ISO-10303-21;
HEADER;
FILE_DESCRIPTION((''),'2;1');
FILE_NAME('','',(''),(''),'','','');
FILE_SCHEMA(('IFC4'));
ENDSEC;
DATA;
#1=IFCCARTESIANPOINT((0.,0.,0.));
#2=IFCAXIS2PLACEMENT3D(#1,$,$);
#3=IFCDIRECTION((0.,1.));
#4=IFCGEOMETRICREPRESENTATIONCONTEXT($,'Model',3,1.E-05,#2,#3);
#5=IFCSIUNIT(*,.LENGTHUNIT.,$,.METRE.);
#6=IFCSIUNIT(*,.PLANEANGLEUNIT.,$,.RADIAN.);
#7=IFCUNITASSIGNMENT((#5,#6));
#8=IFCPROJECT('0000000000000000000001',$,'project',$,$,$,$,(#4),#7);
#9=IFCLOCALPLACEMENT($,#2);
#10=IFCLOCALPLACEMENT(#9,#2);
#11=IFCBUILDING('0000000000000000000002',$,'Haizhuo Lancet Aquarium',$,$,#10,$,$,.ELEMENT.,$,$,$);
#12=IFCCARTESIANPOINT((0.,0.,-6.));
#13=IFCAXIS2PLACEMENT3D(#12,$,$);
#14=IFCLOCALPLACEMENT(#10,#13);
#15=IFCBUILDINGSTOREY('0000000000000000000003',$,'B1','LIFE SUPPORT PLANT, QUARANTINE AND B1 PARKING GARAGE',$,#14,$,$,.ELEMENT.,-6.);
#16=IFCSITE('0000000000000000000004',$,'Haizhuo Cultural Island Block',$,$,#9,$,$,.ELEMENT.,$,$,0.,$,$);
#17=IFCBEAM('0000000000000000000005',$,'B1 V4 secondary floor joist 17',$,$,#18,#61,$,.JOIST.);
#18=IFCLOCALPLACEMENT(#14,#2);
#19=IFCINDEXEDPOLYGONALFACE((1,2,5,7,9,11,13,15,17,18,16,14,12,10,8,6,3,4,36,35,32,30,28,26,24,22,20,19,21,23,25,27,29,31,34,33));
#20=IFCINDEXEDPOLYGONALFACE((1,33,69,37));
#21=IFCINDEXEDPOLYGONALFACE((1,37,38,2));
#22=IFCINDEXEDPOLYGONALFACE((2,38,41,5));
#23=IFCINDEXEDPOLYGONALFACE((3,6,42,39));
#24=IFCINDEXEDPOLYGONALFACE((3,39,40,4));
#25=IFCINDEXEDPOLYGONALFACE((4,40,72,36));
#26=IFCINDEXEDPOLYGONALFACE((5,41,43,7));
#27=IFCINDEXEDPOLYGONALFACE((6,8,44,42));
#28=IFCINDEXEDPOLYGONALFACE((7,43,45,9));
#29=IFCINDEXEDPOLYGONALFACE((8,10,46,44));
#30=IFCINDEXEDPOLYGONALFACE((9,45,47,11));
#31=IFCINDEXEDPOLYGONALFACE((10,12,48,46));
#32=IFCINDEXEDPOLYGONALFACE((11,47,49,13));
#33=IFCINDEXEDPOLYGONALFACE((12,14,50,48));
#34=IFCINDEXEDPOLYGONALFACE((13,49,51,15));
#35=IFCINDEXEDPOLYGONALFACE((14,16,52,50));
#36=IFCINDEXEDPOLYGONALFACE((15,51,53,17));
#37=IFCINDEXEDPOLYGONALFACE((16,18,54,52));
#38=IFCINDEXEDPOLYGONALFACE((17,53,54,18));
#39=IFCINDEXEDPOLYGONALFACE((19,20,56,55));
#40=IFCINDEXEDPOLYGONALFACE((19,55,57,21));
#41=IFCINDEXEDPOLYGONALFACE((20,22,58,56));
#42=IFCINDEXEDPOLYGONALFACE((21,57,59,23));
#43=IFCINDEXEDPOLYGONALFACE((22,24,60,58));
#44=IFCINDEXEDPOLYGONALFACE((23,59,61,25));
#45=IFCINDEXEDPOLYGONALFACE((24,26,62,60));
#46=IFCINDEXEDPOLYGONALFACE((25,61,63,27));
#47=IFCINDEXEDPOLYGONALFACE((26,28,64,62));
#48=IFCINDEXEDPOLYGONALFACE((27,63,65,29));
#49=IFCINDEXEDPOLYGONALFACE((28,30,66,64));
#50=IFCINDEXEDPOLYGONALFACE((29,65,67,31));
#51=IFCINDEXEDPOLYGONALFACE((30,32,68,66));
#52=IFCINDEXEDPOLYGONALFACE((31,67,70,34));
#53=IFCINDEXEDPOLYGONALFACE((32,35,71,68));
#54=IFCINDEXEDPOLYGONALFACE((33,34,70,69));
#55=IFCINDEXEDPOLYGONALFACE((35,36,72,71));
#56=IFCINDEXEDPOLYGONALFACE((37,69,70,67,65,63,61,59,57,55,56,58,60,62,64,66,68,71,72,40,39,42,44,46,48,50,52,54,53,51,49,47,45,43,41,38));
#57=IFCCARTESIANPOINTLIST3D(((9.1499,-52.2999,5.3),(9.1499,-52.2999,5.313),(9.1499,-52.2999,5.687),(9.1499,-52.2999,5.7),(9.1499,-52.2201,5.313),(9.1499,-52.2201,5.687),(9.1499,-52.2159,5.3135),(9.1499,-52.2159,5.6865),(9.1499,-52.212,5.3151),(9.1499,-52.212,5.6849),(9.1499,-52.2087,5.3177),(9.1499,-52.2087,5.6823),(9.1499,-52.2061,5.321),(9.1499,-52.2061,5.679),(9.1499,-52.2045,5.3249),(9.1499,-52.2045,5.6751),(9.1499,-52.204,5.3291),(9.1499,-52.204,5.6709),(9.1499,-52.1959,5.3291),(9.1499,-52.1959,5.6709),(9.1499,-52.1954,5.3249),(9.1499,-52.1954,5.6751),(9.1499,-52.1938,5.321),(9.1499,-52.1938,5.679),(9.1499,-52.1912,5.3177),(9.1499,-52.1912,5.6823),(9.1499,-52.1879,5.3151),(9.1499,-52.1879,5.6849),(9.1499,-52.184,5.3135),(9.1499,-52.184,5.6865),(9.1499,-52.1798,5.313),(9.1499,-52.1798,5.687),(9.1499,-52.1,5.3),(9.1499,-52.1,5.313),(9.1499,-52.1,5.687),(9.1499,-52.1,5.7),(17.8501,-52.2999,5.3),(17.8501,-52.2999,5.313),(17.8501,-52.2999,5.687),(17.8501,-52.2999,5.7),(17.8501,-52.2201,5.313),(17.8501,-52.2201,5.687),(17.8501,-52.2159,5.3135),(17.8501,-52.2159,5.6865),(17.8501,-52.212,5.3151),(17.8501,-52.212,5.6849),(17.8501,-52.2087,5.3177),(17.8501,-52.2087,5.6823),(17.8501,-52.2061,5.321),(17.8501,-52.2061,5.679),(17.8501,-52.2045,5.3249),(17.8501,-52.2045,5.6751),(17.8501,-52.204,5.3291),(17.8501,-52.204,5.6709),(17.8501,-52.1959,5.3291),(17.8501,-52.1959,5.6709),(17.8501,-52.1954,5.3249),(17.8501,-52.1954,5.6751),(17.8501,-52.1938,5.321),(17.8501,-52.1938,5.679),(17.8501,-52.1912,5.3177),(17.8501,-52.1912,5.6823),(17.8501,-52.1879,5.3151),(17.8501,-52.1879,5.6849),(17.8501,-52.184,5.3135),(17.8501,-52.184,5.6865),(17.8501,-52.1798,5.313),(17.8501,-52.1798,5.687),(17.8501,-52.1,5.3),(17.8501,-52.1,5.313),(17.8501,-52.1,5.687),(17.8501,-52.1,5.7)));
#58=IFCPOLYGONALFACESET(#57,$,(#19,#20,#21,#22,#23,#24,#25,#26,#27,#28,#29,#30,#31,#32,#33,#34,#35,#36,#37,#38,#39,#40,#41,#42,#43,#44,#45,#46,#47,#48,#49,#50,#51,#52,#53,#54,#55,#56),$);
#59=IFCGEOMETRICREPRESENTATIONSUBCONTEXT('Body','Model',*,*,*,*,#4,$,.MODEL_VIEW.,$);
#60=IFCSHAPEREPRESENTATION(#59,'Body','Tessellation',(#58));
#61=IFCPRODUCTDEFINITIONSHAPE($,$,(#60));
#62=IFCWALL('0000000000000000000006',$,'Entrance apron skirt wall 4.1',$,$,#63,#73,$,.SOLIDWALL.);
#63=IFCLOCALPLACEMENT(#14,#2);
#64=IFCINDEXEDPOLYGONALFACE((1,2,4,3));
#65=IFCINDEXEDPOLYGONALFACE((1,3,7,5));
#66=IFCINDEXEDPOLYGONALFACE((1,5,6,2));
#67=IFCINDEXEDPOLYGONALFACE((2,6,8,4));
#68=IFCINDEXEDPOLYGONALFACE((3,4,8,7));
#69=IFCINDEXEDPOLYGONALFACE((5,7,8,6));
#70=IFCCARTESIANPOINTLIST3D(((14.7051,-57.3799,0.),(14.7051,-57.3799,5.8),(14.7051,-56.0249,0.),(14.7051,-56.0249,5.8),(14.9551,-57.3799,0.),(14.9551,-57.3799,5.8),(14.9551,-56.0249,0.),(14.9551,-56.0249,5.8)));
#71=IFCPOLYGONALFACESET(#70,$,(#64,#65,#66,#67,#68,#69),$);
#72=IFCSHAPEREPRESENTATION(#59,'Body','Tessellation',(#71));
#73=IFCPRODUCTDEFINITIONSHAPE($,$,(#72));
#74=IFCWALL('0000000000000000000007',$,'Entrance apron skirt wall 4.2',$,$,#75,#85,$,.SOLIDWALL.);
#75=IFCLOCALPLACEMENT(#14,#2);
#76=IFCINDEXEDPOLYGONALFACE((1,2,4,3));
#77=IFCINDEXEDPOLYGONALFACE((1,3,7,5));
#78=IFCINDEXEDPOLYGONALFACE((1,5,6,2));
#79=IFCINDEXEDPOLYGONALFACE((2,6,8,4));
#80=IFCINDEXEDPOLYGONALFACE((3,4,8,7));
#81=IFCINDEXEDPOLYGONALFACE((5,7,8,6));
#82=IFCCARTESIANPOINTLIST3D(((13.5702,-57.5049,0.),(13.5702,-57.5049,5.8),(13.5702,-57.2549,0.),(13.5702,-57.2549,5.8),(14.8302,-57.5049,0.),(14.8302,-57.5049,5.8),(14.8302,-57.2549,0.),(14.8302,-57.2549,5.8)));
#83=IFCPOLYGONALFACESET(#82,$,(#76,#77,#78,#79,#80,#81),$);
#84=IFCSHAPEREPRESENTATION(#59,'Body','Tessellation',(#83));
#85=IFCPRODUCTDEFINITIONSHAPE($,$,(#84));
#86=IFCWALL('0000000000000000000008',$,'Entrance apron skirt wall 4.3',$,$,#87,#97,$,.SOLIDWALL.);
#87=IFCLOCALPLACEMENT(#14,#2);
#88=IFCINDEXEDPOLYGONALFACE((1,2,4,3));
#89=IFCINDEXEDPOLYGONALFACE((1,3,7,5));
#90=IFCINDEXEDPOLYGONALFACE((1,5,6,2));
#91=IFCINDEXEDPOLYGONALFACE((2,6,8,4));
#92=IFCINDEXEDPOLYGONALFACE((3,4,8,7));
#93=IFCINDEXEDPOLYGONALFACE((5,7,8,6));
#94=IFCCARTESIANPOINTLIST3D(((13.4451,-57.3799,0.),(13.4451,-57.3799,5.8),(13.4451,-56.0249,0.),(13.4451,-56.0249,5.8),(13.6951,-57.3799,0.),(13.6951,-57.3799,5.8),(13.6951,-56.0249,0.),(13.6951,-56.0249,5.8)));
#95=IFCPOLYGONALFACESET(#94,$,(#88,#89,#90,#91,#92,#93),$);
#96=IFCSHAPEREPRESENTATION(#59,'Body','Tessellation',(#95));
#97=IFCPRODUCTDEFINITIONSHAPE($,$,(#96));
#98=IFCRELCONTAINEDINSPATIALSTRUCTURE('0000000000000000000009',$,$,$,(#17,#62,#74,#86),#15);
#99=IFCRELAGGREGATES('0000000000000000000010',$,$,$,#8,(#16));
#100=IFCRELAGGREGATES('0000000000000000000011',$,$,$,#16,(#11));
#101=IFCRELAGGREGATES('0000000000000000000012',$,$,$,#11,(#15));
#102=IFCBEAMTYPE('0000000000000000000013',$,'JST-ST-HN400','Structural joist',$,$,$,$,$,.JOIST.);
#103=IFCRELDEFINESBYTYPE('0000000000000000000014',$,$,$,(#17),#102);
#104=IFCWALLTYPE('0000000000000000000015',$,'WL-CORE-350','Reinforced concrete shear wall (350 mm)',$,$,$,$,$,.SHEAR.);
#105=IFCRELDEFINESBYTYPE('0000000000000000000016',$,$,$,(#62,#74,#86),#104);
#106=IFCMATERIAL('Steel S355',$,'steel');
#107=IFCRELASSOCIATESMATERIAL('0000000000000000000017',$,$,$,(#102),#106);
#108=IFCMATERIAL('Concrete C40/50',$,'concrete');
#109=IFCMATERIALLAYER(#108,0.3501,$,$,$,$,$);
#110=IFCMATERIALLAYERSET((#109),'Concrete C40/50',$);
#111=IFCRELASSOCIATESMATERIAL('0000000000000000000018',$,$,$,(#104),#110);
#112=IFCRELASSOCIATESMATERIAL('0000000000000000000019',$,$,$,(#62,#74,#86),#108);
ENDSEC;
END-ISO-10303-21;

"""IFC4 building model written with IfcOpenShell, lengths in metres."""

from ifc_helpers import new_model, si_unit, direction, frame, frame_2d, origin, origin_2d, place, context, subcontext, project, spatial, rectangle, i_section, extrude, material, layer, layer_set, material_profile, profile_set, type_object, element, save


model = new_model("IFC4")

# Units and contexts
model_context = context("Model", 3, precision=1e-05, world=origin(), true_north=direction((0.0, 1.0)))
body_context = subcontext(model_context, "Body", "Model", "MODEL_VIEW")
ifc_project = project(units=[si_unit("LENGTHUNIT", "METRE"), si_unit("PLANEANGLEUNIT", "RADIAN")], contexts=[model_context])

# Site, building, storey
site_placement = place(None, origin())
site = spatial("IfcSite", under=ifc_project, at=site_placement, Name="Haizhuo Cultural Island Block", CompositionType="ELEMENT", RefElevation=0.0)
building_placement = place(site_placement, origin())
building = spatial("IfcBuilding", under=site, at=building_placement, Name="Haizhuo Lancet Aquarium", CompositionType="ELEMENT")
storey_placement = place(building_placement, frame((0.0, 0.0, -6.0)))
storey = spatial("IfcBuildingStorey", under=building, at=storey_placement, Name="B1", Description="LIFE SUPPORT PLANT, QUARANTINE AND B1 PARKING GARAGE", CompositionType="ELEMENT", Elevation=-6.0)

# Shared definitions
ifc_material_1 = material(Name="Concrete C40/50", Category="concrete")

# Beam
ifc_material_2 = material(Name="Steel S355", Category="steel")
ifc_material_profile_1 = material_profile(ifc_material_2, i_section(OverallWidth=0.2, OverallDepth=0.3999, WebThickness=0.0081, FlangeThickness=0.0129, FilletRadius=0.0161, at=origin_2d()), Name="HN 400x200x8x13")
ifc_profile_set_1 = profile_set([ifc_material_profile_1], Name="Steel S355")
beam_type_1 = type_object("IfcBeamType", Name="JST-ST-HN400", Description="Structural joist", PredefinedType="JOIST", material=ifc_profile_set_1)
beam_1_placement = place(storey_placement, frame((9.1499, -52.2, 5.5), z_axis=(1.0, 0.0, 0.0), x_axis=(0.0, 1.0, 0.0)))
element("IfcBeam", 1, at=beam_1_placement, inside=storey, type_object=beam_type_1, Name="B1 V4 secondary floor joist 17", PredefinedType="JOIST", context=body_context, shape_type="SweptSolid", body=[
    extrude(i_section(OverallWidth=0.2, OverallDepth=0.3999, WebThickness=0.0081, FlangeThickness=0.0129, FilletRadius=0.0161, at=origin_2d()), origin(), (0.0, 0.0, 1.0), 8.7002),
])

# Walls
ifc_layer = layer(ifc_material_1, 0.3501)
ifc_layer_set = layer_set([ifc_layer], Name="Concrete C40/50")
wall_type = type_object("IfcWallType", Name="WL-CORE-350", Description="Reinforced concrete shear wall (350 mm)", PredefinedType="SHEAR", material=ifc_layer_set)
wall_1_placement = place(storey_placement, frame((14.8301, -56.0249, 0.0), z_axis=(0.0, 0.0, 1.0), x_axis=(0.0, -1.0, 0.0)))
element("IfcWall", 2, at=wall_1_placement, inside=storey, type_object=wall_type, material=ifc_material_1, Name="Entrance apron skirt wall 4.1", PredefinedType="SOLIDWALL", context=body_context, shape_type="SweptSolid", body=[
    extrude(rectangle(XDim=1.355, YDim=0.25, at=frame_2d((0.6775, 0.0))), origin(), (0.0, 0.0, 1.0), 5.8),
])
wall_2_placement = place(storey_placement, frame((14.8301, -57.3799, 0.0), z_axis=(0.0, 0.0, 1.0), x_axis=(-1.0, 0.0, 0.0)))
element("IfcWall", 3, at=wall_2_placement, inside=storey, type_object=wall_type, material=ifc_material_1, Name="Entrance apron skirt wall 4.2", PredefinedType="SOLIDWALL", context=body_context, shape_type="SweptSolid", body=[
    extrude(rectangle(XDim=1.26, YDim=0.25, at=frame_2d((0.6299, 0.0))), origin(), (0.0, 0.0, 1.0), 5.8),
])
wall_3_placement = place(storey_placement, frame((13.5701, -57.3799, 0.0), z_axis=(0.0, 0.0, 1.0), x_axis=(0.0, 1.0, 0.0)))
element("IfcWall", 4, at=wall_3_placement, inside=storey, type_object=wall_type, material=ifc_material_1, Name="Entrance apron skirt wall 4.3", PredefinedType="SOLIDWALL", context=body_context, shape_type="SweptSolid", body=[
    extrude(rectangle(XDim=1.355, YDim=0.25, at=frame_2d((0.6775, 0.0))), origin(), (0.0, 0.0, 1.0), 5.8),
])

save(model, "model.ifc")
